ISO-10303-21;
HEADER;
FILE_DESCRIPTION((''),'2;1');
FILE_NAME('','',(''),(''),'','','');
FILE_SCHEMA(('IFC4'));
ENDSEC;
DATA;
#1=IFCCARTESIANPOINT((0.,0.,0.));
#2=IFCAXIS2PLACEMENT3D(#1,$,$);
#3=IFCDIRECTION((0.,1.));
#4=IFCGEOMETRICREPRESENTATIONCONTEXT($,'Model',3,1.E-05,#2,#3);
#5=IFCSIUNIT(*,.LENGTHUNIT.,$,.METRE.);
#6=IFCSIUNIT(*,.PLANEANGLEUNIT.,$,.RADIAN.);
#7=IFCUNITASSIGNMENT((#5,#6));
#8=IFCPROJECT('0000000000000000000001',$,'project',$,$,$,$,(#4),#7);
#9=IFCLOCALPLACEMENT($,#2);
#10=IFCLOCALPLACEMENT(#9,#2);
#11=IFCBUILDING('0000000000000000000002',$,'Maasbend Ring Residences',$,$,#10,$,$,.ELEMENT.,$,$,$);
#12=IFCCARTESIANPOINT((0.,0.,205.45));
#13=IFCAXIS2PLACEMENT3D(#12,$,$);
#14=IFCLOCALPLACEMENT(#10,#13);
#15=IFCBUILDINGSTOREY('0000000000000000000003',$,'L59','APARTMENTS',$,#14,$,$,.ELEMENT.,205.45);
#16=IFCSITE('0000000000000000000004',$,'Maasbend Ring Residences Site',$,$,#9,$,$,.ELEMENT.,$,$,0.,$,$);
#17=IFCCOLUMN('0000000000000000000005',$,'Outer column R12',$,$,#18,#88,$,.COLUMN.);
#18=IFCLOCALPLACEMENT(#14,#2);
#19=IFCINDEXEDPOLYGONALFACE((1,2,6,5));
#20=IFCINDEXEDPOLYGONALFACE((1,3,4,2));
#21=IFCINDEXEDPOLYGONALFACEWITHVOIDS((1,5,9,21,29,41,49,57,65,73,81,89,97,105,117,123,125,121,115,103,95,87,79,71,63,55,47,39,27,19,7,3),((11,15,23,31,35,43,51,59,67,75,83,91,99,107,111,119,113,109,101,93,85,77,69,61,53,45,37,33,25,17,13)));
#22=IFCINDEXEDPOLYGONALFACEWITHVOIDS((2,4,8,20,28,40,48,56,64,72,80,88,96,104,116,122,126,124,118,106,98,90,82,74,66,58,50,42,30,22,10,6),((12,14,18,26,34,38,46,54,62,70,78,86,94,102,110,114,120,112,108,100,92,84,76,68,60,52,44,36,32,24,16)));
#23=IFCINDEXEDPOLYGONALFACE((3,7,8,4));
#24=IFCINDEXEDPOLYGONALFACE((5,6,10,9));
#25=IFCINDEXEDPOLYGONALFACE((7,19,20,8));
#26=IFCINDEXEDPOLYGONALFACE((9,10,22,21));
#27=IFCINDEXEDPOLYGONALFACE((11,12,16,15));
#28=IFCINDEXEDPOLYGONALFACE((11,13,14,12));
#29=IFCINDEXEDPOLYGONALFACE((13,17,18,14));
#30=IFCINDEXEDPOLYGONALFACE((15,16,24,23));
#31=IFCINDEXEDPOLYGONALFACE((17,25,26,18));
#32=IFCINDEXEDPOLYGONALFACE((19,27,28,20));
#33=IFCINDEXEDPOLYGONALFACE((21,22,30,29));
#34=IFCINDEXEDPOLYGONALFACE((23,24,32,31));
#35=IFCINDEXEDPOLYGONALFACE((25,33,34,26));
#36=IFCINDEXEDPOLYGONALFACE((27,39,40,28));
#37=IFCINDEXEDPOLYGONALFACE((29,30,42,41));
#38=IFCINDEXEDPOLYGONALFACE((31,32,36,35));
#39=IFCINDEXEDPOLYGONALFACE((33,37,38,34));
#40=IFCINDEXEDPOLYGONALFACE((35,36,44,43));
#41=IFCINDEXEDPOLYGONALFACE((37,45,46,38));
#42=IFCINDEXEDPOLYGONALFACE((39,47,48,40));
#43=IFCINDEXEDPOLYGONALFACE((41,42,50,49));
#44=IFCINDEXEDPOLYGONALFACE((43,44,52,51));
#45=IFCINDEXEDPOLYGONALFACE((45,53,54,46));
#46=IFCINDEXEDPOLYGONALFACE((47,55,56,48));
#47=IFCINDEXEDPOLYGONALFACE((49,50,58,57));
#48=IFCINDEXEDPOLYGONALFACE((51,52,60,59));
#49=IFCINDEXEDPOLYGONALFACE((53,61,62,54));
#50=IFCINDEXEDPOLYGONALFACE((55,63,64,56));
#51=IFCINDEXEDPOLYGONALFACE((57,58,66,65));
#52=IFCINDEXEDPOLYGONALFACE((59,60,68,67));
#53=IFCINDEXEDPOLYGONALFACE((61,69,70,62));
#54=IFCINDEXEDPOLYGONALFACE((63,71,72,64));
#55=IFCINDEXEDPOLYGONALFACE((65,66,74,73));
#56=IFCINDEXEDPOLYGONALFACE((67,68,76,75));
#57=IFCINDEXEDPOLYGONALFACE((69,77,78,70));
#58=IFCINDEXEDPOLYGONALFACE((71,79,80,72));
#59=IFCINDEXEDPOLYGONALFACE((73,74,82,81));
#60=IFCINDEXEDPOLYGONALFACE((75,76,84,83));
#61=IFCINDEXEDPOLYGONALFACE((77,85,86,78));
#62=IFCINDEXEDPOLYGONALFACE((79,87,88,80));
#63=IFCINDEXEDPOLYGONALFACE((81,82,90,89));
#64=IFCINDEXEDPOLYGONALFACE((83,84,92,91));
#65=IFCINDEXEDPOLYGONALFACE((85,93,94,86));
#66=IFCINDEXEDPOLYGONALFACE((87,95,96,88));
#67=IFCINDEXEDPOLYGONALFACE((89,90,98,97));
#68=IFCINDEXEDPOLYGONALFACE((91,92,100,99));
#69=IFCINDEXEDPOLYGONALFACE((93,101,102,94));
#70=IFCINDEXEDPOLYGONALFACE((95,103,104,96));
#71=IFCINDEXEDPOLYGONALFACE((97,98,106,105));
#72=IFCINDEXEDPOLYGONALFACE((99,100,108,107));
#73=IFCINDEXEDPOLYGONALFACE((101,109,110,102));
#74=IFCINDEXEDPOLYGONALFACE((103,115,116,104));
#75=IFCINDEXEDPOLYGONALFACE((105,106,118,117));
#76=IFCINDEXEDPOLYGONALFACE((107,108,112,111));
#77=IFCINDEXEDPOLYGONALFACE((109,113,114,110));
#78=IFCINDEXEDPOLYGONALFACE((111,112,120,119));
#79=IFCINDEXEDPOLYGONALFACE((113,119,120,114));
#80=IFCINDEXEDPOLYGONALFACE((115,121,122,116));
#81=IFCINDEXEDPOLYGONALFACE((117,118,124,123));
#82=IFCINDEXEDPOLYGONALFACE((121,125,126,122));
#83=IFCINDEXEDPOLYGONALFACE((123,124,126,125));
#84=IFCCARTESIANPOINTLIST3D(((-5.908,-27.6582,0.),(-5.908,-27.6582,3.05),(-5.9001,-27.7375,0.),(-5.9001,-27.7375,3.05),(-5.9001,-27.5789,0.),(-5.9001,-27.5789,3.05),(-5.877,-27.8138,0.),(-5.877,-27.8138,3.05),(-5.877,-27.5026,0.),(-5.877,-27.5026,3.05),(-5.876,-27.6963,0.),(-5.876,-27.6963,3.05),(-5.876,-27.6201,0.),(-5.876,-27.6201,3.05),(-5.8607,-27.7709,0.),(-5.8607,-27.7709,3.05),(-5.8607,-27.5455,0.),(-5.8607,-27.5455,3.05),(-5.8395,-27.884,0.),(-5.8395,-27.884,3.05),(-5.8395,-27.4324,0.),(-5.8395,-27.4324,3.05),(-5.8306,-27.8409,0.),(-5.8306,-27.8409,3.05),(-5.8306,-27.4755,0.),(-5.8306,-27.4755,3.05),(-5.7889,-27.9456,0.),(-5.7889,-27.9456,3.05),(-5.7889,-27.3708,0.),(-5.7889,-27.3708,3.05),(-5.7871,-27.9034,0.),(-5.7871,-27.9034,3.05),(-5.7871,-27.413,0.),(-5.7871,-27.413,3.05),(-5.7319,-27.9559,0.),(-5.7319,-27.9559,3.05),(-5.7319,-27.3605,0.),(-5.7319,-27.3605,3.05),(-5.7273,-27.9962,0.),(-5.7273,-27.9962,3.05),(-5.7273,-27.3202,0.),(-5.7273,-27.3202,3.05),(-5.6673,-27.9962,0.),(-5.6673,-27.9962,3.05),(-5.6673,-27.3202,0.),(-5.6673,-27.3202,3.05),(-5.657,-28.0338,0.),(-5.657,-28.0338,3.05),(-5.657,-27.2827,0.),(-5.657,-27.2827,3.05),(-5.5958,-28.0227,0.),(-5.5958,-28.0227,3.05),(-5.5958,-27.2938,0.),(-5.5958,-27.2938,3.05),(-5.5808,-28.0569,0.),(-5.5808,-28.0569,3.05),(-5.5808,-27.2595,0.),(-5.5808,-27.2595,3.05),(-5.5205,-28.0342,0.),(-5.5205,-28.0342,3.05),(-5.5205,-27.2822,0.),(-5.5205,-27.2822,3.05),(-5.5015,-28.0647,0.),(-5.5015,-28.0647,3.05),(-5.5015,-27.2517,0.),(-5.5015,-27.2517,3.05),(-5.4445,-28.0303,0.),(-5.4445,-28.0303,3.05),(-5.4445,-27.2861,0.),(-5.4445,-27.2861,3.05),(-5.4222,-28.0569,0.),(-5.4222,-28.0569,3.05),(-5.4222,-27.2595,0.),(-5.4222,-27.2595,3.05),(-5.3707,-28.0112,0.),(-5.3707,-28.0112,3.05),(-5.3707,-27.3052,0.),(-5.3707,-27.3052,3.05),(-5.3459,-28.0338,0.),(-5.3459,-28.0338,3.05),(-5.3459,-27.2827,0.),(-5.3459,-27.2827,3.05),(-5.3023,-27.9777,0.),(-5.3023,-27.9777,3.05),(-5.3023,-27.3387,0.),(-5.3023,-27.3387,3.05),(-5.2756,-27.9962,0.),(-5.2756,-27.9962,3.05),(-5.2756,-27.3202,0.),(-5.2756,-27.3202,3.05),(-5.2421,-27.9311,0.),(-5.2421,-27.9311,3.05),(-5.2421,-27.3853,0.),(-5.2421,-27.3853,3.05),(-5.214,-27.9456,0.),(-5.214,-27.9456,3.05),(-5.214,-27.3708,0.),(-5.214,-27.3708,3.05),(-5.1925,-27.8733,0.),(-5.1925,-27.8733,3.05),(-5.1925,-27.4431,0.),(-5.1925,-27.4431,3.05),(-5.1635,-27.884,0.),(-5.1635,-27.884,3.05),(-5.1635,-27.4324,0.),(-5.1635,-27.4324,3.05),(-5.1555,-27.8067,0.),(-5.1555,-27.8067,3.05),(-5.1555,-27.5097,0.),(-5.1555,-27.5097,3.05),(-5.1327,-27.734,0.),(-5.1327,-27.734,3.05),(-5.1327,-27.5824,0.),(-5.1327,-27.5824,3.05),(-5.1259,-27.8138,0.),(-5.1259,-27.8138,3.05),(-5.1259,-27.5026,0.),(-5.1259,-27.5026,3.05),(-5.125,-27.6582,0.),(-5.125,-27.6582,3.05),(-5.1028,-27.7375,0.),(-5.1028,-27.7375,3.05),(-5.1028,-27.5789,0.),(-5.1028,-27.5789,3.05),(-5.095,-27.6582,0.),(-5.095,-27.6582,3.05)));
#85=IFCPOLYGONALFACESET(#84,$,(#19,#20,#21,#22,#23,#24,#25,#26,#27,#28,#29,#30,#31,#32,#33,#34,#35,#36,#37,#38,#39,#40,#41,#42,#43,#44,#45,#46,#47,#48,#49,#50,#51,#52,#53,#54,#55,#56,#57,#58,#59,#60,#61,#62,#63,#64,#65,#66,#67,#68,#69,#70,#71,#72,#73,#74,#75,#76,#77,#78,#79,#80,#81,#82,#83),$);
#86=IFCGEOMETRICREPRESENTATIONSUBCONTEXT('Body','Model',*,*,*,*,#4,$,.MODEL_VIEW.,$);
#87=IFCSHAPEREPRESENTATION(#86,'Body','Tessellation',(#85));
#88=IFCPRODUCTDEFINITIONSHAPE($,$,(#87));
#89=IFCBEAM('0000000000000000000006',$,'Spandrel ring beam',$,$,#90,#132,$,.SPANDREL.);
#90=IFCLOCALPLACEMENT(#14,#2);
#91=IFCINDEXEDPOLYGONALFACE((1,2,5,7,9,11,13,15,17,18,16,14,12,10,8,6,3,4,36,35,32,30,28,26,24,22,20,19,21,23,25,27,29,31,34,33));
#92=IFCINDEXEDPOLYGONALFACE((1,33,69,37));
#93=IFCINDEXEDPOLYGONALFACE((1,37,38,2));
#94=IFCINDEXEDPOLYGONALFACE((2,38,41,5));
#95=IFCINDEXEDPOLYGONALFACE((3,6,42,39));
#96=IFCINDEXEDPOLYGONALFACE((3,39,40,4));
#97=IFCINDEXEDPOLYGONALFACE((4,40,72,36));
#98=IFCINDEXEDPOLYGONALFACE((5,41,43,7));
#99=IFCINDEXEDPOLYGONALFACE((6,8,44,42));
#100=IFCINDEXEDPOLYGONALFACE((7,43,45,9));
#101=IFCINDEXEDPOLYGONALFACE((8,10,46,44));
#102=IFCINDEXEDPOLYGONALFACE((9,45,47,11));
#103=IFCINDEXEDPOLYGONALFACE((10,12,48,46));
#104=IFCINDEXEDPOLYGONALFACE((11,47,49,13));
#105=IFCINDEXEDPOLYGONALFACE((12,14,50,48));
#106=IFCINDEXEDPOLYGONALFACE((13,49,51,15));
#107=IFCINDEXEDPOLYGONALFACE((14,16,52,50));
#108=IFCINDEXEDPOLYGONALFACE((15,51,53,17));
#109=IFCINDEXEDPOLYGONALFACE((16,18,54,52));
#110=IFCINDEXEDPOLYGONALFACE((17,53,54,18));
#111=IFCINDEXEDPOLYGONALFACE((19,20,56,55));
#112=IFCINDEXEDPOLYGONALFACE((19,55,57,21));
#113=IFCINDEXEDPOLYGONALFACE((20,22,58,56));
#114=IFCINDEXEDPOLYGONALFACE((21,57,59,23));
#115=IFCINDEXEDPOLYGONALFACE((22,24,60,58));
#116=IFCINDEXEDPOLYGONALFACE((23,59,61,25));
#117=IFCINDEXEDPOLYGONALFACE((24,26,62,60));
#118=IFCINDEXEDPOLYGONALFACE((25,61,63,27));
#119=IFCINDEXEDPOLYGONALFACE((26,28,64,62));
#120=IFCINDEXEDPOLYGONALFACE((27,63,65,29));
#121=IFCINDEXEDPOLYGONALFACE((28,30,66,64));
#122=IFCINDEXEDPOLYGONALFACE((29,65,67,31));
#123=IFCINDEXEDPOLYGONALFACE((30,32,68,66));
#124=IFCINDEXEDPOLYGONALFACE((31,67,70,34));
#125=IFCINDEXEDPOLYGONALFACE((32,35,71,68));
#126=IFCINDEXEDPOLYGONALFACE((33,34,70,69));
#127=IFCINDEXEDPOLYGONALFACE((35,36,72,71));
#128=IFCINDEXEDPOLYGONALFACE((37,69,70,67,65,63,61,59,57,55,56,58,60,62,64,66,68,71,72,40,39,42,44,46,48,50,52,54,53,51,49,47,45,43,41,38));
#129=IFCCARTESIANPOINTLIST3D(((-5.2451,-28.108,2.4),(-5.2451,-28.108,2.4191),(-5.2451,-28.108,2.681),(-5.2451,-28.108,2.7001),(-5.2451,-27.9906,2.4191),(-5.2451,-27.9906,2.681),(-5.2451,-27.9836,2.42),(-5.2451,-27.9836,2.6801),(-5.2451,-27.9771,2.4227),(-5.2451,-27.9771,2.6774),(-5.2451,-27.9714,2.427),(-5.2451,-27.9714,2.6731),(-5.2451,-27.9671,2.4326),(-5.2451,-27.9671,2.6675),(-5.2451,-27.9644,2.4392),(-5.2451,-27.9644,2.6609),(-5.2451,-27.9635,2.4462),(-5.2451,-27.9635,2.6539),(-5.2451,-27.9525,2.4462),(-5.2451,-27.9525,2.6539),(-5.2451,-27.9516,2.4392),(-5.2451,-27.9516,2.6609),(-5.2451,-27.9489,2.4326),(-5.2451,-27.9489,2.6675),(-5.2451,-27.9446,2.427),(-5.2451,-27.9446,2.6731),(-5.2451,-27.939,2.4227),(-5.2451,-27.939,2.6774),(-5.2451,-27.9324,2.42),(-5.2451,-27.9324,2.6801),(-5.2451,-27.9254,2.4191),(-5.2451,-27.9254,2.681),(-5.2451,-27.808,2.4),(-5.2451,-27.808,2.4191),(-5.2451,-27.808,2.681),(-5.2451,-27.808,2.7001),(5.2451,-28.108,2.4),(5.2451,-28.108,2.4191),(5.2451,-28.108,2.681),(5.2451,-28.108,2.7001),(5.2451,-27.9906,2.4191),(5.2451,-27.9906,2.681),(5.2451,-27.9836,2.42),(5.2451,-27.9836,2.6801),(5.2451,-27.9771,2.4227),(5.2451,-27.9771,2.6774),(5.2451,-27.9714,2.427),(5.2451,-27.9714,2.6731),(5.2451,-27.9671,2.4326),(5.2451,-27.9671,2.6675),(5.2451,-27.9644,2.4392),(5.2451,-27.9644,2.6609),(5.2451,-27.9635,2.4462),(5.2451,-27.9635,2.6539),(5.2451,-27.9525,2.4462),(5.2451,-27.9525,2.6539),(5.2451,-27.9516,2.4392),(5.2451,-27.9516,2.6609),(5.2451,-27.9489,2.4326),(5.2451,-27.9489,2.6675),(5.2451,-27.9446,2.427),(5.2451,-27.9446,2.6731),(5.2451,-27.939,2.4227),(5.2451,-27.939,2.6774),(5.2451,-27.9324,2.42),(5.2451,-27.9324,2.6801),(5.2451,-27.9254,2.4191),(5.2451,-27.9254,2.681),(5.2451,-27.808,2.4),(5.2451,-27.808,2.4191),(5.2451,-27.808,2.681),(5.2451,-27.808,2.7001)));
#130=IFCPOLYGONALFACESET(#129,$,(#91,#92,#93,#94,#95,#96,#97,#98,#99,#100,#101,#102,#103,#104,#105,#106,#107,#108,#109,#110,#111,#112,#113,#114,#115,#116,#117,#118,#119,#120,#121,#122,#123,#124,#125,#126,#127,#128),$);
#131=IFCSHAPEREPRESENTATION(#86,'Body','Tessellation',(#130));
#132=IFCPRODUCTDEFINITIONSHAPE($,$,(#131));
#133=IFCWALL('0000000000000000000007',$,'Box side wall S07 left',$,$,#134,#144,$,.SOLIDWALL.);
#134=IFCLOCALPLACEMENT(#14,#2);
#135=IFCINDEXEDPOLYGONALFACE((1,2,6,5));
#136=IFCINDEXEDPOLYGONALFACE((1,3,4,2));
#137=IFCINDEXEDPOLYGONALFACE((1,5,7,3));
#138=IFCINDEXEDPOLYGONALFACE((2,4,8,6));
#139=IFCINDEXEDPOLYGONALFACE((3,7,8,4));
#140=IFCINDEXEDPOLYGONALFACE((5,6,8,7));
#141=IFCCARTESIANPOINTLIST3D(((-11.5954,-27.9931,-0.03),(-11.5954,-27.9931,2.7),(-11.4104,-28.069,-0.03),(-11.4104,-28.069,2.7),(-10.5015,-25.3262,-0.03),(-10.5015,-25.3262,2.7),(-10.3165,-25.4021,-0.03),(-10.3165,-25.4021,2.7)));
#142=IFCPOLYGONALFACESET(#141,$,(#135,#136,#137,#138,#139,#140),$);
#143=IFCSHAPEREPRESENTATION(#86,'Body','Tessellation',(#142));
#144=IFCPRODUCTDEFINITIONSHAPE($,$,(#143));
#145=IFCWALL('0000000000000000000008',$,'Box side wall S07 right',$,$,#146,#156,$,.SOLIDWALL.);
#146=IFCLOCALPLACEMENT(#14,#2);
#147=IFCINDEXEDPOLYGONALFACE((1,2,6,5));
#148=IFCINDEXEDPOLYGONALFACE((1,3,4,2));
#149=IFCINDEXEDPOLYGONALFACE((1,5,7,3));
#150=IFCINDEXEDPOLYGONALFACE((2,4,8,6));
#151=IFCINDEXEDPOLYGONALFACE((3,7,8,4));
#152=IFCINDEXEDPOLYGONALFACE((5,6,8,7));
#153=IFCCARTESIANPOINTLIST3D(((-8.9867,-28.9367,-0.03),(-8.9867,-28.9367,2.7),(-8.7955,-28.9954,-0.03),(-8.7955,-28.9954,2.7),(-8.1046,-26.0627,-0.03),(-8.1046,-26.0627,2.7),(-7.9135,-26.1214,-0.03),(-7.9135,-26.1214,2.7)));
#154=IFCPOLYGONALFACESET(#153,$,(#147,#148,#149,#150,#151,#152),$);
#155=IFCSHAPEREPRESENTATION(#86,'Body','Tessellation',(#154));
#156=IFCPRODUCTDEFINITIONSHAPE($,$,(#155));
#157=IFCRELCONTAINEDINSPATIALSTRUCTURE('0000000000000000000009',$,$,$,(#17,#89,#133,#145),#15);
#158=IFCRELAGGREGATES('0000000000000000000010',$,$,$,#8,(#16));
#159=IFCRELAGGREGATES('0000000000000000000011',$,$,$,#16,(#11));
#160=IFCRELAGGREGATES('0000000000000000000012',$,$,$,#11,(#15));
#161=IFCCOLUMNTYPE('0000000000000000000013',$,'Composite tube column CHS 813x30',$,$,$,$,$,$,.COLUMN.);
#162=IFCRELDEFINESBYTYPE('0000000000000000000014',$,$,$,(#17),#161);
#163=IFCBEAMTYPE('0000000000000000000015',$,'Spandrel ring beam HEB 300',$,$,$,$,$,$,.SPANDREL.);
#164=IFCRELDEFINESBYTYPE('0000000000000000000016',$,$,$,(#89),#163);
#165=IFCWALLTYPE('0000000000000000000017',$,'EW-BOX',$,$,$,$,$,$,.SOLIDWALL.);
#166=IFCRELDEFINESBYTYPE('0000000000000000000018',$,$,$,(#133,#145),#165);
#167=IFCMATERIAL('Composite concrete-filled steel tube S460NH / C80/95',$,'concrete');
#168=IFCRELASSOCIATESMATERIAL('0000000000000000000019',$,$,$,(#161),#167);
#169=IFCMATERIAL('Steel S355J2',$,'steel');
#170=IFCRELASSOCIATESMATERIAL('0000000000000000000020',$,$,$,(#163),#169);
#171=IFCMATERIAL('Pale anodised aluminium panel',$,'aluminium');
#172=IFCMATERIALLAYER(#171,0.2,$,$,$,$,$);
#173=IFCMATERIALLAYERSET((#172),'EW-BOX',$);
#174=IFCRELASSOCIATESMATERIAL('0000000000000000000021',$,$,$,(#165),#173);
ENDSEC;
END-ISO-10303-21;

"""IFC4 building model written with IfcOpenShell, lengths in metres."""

from ifc_helpers import new_model, si_unit, direction, frame, frame_2d, origin, origin_2d, place, context, subcontext, project, spatial, rectangle, hollow_circle, i_section, extrude, material, layer, layer_set, material_profile, profile_set, type_object, element, save


model = new_model("IFC4")

# Units and contexts
model_context = context("Model", 3, precision=1e-05, world=origin(), true_north=direction((0.0, 1.0)))
body_context = subcontext(model_context, "Body", "Model", "MODEL_VIEW")
ifc_project = project(units=[si_unit("LENGTHUNIT", "METRE"), si_unit("PLANEANGLEUNIT", "RADIAN")], contexts=[model_context])

# Site, building, storey
site_placement = place(None, origin())
site = spatial("IfcSite", under=ifc_project, at=site_placement, Name="Maasbend Ring Residences Site", CompositionType="ELEMENT", RefElevation=0.0)
building_placement = place(site_placement, origin())
building = spatial("IfcBuilding", under=site, at=building_placement, Name="Maasbend Ring Residences", CompositionType="ELEMENT")
storey_placement = place(building_placement, frame((0.0, 0.0, 205.45)))
storey = spatial("IfcBuildingStorey", under=building, at=storey_placement, Name="L59", Description="APARTMENTS", CompositionType="ELEMENT", Elevation=205.45)

# Column
ifc_material_1 = material(Name="Composite concrete-filled steel tube S460NH / C80/95", Category="concrete")
ifc_material_profile_1 = material_profile(ifc_material_1, hollow_circle(Radius=0.4065, WallThickness=0.03, at=origin_2d()), Name="Composite tube column CHS 813x30")
ifc_profile_set_1 = profile_set([ifc_material_profile_1], Name="Composite concrete-filled steel tube S460NH / C80/95")
column_type = type_object("IfcColumnType", Name="Composite tube column CHS 813x30", PredefinedType="COLUMN", material=ifc_profile_set_1)
column_placement = place(storey_placement, frame((-5.5015, -27.6582, 0.0), z_axis=(0.0, 0.0, 1.0), x_axis=(1.0, 0.0, 0.0)))
element("IfcColumn", 1, at=column_placement, inside=storey, type_object=column_type, Name="Outer column R12", PredefinedType="COLUMN", context=body_context, shape_type="SweptSolid", body=[
    extrude(hollow_circle(Radius=0.4065, WallThickness=0.03, at=origin_2d()), origin(), (0.0, 0.0, 1.0), 3.05),
])

# Beam
ifc_material_2 = material(Name="Steel S355J2", Category="steel")
ifc_material_profile_2 = material_profile(ifc_material_2, i_section(OverallWidth=0.3, OverallDepth=0.3, WebThickness=0.011, FlangeThickness=0.019, FilletRadius=0.0271, at=origin_2d()), Name="HEB 300")
ifc_profile_set_2 = profile_set([ifc_material_profile_2], Name="Steel S355J2")
beam_type = type_object("IfcBeamType", Name="Spandrel ring beam HEB 300", PredefinedType="SPANDREL", material=ifc_profile_set_2)
beam_placement = place(storey_placement, frame((-5.2451, -27.958, 2.55), z_axis=(1.0, 0.0, 0.0), x_axis=(0.0, 1.0, 0.0)))
element("IfcBeam", 2, at=beam_placement, inside=storey, type_object=beam_type, Name="Spandrel ring beam", PredefinedType="SPANDREL", context=body_context, shape_type="SweptSolid", body=[
    extrude(i_section(OverallWidth=0.3, OverallDepth=0.3, WebThickness=0.011, FlangeThickness=0.019, FilletRadius=0.0271, at=origin_2d()), origin(), (0.0, 0.0, 1.0), 10.4902),
])

# Walls
ifc_material_3 = material(Name="Pale anodised aluminium panel", Category="aluminium")
ifc_layer_1 = layer(ifc_material_3, 0.2)
ifc_layer_set_1 = layer_set([ifc_layer_1], Name="EW-BOX")
wall_type_1 = type_object("IfcWallType", Name="EW-BOX", PredefinedType="SOLIDWALL", material=ifc_layer_set_1)
wall_1_placement = place(storey_placement, frame((-10.4089, -25.364, -0.03), z_axis=(0.0, 0.0, 1.0), x_axis=(-0.37951, -0.925188, 0.0)))
element("IfcWall", 3, at=wall_1_placement, inside=storey, type_object=wall_type_1, Name="Box side wall S07 left", PredefinedType="SOLIDWALL", context=body_context, shape_type="SweptSolid", body=[
    extrude(rectangle(XDim=2.8826, YDim=0.2, at=frame_2d((1.4414, 0.0))), origin(), (0.0, 0.0, 1.0), 2.73),
])
wall_2_placement = place(storey_placement, frame((-8.009, -26.092, -0.03), z_axis=(0.0, 0.0, 1.0), x_axis=(-0.293407, -0.955988, 0.0)))
element("IfcWall", 4, at=wall_2_placement, inside=storey, type_object=wall_type_1, Name="Box side wall S07 right", PredefinedType="SOLIDWALL", context=body_context, shape_type="SweptSolid", body=[
    extrude(rectangle(XDim=3.0063, YDim=0.2, at=frame_2d((1.5032, 0.0))), origin(), (0.0, 0.0, 1.0), 2.73),
])

save(model, "model.ifc")
